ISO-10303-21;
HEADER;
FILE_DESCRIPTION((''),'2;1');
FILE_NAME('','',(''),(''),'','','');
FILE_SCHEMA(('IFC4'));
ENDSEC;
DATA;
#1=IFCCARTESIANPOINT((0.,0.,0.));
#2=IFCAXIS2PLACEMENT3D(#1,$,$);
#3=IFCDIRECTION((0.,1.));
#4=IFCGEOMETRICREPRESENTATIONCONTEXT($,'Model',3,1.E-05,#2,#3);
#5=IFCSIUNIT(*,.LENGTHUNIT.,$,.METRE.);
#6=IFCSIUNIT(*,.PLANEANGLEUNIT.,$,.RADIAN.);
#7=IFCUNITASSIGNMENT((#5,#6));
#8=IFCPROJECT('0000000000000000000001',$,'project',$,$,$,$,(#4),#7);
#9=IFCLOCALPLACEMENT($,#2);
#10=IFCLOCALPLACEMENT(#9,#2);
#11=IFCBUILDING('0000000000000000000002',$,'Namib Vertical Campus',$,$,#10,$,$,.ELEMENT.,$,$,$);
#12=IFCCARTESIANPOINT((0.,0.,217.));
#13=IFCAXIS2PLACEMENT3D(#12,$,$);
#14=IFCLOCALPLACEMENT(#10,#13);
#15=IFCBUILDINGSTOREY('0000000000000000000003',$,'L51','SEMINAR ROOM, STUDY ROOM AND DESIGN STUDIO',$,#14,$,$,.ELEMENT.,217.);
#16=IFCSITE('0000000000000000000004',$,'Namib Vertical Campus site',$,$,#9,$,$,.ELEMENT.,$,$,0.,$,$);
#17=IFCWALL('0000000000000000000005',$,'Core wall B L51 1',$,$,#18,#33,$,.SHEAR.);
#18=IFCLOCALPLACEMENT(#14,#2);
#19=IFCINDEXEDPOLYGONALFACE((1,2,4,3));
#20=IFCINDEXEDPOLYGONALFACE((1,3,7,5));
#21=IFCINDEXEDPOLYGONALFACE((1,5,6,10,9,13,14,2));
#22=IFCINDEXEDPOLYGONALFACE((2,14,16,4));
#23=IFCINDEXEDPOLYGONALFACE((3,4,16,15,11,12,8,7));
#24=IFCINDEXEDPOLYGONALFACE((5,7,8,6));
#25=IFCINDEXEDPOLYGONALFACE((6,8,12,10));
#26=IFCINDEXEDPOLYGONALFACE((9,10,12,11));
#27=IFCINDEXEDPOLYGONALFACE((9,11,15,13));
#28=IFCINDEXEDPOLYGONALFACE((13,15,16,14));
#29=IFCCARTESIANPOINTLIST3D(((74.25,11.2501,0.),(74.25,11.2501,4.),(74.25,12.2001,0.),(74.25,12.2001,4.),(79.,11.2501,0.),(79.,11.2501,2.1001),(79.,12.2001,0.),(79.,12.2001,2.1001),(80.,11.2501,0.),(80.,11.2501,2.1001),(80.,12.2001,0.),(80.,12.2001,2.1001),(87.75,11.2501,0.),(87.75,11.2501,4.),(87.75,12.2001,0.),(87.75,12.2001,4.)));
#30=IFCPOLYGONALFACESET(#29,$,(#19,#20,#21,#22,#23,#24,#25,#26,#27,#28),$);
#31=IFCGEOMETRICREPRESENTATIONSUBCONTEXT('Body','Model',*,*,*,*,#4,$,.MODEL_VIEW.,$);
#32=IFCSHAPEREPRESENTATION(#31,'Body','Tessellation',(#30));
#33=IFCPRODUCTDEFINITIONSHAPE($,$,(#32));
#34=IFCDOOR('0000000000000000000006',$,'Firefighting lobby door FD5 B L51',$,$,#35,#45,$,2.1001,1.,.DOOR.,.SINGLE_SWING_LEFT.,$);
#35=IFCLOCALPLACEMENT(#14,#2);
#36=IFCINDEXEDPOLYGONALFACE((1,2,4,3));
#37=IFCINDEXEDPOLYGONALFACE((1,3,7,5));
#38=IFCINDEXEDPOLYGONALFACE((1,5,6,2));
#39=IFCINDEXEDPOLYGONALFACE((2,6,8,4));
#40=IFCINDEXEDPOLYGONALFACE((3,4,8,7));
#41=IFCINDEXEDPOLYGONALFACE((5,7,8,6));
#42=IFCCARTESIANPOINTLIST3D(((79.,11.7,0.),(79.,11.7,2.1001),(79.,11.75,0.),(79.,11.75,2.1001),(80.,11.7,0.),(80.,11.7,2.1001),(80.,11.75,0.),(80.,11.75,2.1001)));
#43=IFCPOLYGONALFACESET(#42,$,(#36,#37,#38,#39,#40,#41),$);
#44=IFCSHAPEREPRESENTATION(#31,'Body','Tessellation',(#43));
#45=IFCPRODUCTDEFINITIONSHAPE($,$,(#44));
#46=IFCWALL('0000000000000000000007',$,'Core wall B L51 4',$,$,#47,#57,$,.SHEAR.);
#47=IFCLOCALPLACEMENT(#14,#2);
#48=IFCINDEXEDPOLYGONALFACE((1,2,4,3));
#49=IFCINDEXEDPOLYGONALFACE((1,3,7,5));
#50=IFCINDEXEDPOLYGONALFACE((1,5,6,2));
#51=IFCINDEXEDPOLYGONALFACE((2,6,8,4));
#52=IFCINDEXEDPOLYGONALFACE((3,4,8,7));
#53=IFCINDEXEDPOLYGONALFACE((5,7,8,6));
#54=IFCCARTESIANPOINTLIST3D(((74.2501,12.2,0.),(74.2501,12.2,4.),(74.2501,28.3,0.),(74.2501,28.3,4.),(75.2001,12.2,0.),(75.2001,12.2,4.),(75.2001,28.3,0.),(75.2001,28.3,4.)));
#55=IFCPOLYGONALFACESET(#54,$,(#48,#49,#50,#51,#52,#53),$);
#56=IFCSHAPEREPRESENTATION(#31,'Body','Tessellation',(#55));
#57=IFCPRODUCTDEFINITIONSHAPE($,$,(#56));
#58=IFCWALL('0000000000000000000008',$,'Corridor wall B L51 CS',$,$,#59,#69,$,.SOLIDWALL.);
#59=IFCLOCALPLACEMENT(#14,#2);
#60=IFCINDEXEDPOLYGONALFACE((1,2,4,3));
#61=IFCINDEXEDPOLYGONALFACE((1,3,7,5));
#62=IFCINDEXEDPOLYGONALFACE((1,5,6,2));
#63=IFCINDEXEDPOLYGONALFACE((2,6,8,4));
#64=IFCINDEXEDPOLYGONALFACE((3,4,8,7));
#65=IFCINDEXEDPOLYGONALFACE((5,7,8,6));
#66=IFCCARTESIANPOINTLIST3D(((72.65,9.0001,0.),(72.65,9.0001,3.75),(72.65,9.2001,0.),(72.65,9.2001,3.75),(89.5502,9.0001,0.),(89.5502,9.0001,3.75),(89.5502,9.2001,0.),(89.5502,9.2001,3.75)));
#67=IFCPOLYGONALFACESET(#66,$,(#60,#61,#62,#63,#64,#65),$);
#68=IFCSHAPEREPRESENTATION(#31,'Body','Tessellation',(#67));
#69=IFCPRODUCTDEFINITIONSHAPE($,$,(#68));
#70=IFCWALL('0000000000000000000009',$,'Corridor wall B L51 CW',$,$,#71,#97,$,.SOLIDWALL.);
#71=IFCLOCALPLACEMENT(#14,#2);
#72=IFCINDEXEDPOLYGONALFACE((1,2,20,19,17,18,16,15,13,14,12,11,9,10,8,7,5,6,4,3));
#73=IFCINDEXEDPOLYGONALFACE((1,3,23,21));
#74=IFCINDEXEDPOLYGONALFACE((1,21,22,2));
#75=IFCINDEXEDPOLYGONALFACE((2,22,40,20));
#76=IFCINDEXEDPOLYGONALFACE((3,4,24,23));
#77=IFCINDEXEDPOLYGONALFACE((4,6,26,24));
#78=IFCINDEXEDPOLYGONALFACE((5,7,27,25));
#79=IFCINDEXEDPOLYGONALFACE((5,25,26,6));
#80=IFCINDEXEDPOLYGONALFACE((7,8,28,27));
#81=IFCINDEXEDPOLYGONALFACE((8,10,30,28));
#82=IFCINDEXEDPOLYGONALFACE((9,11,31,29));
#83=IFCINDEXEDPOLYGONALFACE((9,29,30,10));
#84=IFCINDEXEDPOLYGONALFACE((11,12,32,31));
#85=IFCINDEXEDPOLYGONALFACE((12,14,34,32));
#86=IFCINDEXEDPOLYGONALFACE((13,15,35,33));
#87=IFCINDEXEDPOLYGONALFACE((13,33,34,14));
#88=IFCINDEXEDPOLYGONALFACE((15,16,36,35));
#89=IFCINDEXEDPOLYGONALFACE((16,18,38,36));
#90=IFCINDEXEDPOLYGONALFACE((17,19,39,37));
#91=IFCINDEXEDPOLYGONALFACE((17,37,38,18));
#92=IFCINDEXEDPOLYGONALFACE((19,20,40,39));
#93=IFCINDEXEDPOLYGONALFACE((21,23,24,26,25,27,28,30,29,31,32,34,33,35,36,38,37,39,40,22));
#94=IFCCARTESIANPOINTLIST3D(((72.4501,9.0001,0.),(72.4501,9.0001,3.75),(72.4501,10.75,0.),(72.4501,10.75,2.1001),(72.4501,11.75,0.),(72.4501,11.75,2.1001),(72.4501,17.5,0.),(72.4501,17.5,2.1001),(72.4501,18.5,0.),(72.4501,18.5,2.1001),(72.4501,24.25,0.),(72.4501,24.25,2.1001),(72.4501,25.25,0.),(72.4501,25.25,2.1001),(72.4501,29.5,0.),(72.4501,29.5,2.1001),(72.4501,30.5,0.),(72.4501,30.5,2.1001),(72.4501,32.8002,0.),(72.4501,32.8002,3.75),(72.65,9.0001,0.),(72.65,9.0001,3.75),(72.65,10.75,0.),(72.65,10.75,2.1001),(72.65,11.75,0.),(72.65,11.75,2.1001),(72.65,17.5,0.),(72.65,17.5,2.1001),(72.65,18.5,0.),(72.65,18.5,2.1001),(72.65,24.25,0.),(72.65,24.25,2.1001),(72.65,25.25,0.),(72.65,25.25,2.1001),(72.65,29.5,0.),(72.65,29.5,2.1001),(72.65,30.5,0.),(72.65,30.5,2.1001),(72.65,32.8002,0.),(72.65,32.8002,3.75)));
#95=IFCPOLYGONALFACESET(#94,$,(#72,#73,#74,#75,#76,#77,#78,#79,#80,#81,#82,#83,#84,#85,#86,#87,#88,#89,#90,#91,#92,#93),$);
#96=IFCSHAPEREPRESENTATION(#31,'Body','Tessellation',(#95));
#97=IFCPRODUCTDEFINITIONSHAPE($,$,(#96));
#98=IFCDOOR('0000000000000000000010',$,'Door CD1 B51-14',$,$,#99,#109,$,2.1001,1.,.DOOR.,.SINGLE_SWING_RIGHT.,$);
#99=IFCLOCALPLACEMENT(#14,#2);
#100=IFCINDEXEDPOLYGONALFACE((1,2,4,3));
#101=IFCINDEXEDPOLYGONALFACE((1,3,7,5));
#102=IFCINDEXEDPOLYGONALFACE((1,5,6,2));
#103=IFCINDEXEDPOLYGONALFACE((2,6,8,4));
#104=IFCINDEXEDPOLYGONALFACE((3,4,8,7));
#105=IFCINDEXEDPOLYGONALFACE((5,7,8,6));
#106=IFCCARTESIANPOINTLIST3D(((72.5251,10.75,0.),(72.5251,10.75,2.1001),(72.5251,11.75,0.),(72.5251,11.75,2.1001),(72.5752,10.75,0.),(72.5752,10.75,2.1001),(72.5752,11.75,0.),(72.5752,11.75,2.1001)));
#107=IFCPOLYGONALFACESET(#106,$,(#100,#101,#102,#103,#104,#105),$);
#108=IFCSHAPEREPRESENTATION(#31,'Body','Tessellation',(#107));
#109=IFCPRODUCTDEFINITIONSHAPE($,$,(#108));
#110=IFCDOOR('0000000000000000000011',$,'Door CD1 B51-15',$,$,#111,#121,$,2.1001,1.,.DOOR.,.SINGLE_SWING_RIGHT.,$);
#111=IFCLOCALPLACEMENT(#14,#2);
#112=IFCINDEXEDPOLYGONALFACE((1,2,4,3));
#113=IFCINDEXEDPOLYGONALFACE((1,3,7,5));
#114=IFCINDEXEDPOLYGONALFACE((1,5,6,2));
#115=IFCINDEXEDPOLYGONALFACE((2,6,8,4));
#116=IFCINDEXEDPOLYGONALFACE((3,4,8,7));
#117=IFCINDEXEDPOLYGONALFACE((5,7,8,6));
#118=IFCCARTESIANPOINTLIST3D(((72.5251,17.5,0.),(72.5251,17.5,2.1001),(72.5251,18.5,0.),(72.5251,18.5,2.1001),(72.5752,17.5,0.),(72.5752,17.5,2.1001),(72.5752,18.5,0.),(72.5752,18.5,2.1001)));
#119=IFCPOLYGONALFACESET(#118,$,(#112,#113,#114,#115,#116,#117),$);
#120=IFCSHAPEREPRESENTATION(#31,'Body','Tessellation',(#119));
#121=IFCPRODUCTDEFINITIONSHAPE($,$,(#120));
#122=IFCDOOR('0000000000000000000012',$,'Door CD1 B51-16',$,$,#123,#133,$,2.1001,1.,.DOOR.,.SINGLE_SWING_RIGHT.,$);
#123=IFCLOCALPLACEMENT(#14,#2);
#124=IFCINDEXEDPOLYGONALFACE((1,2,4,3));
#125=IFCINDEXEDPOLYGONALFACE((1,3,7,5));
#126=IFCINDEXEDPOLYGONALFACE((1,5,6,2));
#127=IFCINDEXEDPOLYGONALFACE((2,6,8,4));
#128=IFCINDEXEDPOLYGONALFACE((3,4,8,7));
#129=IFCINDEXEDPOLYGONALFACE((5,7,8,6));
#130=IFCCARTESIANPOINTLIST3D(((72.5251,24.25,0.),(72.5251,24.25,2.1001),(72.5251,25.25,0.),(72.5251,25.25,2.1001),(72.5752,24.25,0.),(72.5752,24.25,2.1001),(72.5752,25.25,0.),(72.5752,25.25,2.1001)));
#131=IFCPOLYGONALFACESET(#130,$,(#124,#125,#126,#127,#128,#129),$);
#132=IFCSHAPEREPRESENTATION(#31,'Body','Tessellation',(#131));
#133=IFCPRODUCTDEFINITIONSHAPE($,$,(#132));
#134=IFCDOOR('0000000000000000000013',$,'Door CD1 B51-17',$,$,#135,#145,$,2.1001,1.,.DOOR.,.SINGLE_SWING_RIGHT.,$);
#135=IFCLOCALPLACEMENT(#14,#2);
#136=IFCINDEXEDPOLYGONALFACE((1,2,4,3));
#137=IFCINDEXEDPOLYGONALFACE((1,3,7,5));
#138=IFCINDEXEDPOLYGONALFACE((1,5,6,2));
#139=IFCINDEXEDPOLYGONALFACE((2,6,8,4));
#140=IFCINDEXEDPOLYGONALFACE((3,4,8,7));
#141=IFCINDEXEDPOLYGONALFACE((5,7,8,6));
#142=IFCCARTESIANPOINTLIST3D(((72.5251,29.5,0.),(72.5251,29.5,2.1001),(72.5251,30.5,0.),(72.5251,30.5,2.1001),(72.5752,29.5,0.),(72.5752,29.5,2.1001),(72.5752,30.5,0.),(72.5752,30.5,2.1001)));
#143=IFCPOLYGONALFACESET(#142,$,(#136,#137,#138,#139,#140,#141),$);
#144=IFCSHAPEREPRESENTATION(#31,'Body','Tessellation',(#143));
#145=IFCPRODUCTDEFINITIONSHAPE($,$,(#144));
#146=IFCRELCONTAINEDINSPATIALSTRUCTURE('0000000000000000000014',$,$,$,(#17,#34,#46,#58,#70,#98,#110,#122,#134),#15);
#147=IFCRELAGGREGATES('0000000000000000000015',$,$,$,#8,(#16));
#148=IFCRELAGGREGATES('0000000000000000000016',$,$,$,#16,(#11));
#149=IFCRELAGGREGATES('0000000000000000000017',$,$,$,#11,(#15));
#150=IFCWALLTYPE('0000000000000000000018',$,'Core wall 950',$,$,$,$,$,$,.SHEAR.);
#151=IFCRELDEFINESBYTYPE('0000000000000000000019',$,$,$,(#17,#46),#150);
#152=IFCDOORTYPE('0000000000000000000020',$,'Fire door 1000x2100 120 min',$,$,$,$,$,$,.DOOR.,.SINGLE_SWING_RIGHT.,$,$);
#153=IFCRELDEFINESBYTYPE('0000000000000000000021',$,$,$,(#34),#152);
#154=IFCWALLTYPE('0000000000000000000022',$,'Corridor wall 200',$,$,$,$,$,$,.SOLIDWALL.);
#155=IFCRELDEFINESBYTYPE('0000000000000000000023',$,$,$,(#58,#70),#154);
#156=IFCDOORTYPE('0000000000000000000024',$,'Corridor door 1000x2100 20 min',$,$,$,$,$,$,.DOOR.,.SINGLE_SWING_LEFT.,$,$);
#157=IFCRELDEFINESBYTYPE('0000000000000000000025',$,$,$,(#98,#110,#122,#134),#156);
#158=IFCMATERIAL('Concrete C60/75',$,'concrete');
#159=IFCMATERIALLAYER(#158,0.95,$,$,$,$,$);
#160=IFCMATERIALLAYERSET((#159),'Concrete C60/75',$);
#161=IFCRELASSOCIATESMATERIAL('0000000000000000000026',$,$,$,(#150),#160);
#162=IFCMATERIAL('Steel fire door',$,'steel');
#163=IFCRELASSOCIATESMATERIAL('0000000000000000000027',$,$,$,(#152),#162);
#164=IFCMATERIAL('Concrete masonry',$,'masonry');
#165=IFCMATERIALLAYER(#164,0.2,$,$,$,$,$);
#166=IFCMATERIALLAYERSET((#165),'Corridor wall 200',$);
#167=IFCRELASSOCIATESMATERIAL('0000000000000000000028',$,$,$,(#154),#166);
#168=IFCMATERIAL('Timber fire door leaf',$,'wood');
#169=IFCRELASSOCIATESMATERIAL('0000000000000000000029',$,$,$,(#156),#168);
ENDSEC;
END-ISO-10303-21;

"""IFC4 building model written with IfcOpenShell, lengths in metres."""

from ifc_helpers import new_model, si_unit, direction, frame, frame_2d, origin, place, context, subcontext, project, spatial, rectangle, extrude, material, layer, layer_set, type_object, element, fill, save


model = new_model("IFC4")

# Units and contexts
model_context = context("Model", 3, precision=1e-05, world=origin(), true_north=direction((0.0, 1.0)))
body_context = subcontext(model_context, "Body", "Model", "MODEL_VIEW")
ifc_project = project(units=[si_unit("LENGTHUNIT", "METRE"), si_unit("PLANEANGLEUNIT", "RADIAN")], contexts=[model_context])

# Site, building, storey
site_placement = place(None, origin())
site = spatial("IfcSite", under=ifc_project, at=site_placement, Name="Namib Vertical Campus site", CompositionType="ELEMENT", RefElevation=0.0)
building_placement = place(site_placement, origin())
building = spatial("IfcBuilding", under=site, at=building_placement, Name="Namib Vertical Campus", CompositionType="ELEMENT")
storey_placement = place(building_placement, frame((0.0, 0.0, 217.0)))
storey = spatial("IfcBuildingStorey", under=building, at=storey_placement, Name="L51", Description="SEMINAR ROOM, STUDY ROOM AND DESIGN STUDIO", CompositionType="ELEMENT", Elevation=217.0)

# Wall, opening, door
ifc_material_1 = material(Name="Concrete C60/75", Category="concrete")
ifc_layer_1 = layer(ifc_material_1, 0.95)
ifc_layer_set_1 = layer_set([ifc_layer_1], Name="Concrete C60/75")
wall_type_1 = type_object("IfcWallType", Name="Core wall 950", PredefinedType="SHEAR", material=ifc_layer_set_1)
wall_1_placement = place(storey_placement, frame((74.25, 11.7251, 0.0), z_axis=(0.0, 0.0, 1.0), x_axis=(1.0, 0.0, 0.0)))
wall_1 = element("IfcWall", 1, at=wall_1_placement, inside=storey, type_object=wall_type_1, Name="Core wall B L51 1", PredefinedType="SHEAR", context=body_context, shape_type="SweptSolid", body=[
    extrude(rectangle(XDim=13.5, YDim=0.95, at=frame_2d((6.75, 0.0))), origin(), (0.0, 0.0, 1.0), 4.0),
])
opening_1_placement = place(wall_1_placement, frame((4.75, 0.0, 0.0)))
opening_1 = element("IfcOpeningElement", 2, at=opening_1_placement, cuts=wall_1, PredefinedType="OPENING", context=body_context, shape_type="SweptSolid", body=[
    extrude(rectangle(XDim=1.0, YDim=2.1001, at=frame_2d((0.5, 1.05))), frame((0.0, 0.4849, 0.0), z_axis=(0.0, -1.0, 0.0), x_axis=(1.0, 0.0, 0.0)), (0.0, 0.0, 1.0), 0.97),
])
ifc_material_2 = material(Name="Steel fire door", Category="steel")
door_type_1 = type_object("IfcDoorType", Name="Fire door 1000x2100 120 min", OperationType="SINGLE_SWING_RIGHT", PredefinedType="DOOR", material=ifc_material_2)
door_1_placement = place(opening_1_placement, origin())
door_1 = element("IfcDoor", 3, at=door_1_placement, inside=storey, type_object=door_type_1, Name="Firefighting lobby door FD5 B L51", OperationType="SINGLE_SWING_LEFT", OverallHeight=2.1001, OverallWidth=1.0, PredefinedType="DOOR", context=body_context, shape_type="SweptSolid", body=[
    extrude(rectangle(XDim=1.0, YDim=2.1001, at=frame_2d((0.5, 1.05))), frame((0.0, 0.0249, 0.0), z_axis=(0.0, -1.0, 0.0), x_axis=(1.0, 0.0, 0.0)), (0.0, 0.0, 1.0), 0.05),
])
fill(opening_1, door_1)

# Walls
wall_2_placement = place(storey_placement, frame((74.7251, 28.3, 0.0), z_axis=(0.0, 0.0, 1.0), x_axis=(0.0, -1.0, 0.0)))
element("IfcWall", 4, at=wall_2_placement, inside=storey, type_object=wall_type_1, Name="Core wall B L51 4", PredefinedType="SHEAR", context=body_context, shape_type="SweptSolid", body=[
    extrude(rectangle(XDim=16.1001, YDim=0.95, at=frame_2d((8.05, 0.0))), origin(), (0.0, 0.0, 1.0), 4.0),
])
ifc_material_3 = material(Name="Concrete masonry", Category="masonry")
ifc_layer_2 = layer(ifc_material_3, 0.2)
ifc_layer_set_2 = layer_set([ifc_layer_2], Name="Corridor wall 200")
wall_type_2 = type_object("IfcWallType", Name="Corridor wall 200", PredefinedType="SOLIDWALL", material=ifc_layer_set_2)
wall_3_placement = place(storey_placement, frame((72.6499, 9.1001, 0.0), z_axis=(0.0, 0.0, 1.0), x_axis=(1.0, 0.0, 0.0)))
element("IfcWall", 5, at=wall_3_placement, inside=storey, type_object=wall_type_2, Name="Corridor wall B L51 CS", PredefinedType="SOLIDWALL", context=body_context, shape_type="SweptSolid", body=[
    extrude(rectangle(XDim=16.9001, YDim=0.2, at=frame_2d((8.4502, 0.0))), origin(), (0.0, 0.0, 1.0), 3.75),
])

# Wall, openings, doors
wall_4_placement = place(storey_placement, frame((72.55, 32.8, 0.0), z_axis=(0.0, 0.0, 1.0), x_axis=(0.0, -1.0, 0.0)))
wall_4 = element("IfcWall", 6, at=wall_4_placement, inside=storey, type_object=wall_type_2, Name="Corridor wall B L51 CW", PredefinedType="SOLIDWALL", context=body_context, shape_type="SweptSolid", body=[
    extrude(rectangle(XDim=23.8, YDim=0.2, at=frame_2d((11.8999, 0.0))), origin(), (0.0, 0.0, 1.0), 3.75),
])
opening_2_placement = place(wall_4_placement, frame((21.05, 0.0, 0.0)))
opening_2 = element("IfcOpeningElement", 7, at=opening_2_placement, cuts=wall_4, PredefinedType="OPENING", context=body_context, shape_type="SweptSolid", body=[
    extrude(rectangle(XDim=1.0, YDim=2.1001, at=frame_2d((0.5, 1.05))), frame((0.0, 0.1099, 0.0), z_axis=(0.0, -1.0, 0.0), x_axis=(1.0, 0.0, 0.0)), (0.0, 0.0, 1.0), 0.22),
])
opening_3_placement = place(wall_4_placement, frame((14.3, 0.0, 0.0)))
opening_3 = element("IfcOpeningElement", 8, at=opening_3_placement, cuts=wall_4, PredefinedType="OPENING", context=body_context, shape_type="SweptSolid", body=[
    extrude(rectangle(XDim=1.0, YDim=2.1001, at=frame_2d((0.5, 1.05))), frame((0.0, 0.1099, 0.0), z_axis=(0.0, -1.0, 0.0), x_axis=(1.0, 0.0, 0.0)), (0.0, 0.0, 1.0), 0.22),
])
opening_4_placement = place(wall_4_placement, frame((7.55, 0.0, 0.0)))
opening_4 = element("IfcOpeningElement", 9, at=opening_4_placement, cuts=wall_4, PredefinedType="OPENING", context=body_context, shape_type="SweptSolid", body=[
    extrude(rectangle(XDim=1.0, YDim=2.1001, at=frame_2d((0.5, 1.05))), frame((0.0, 0.1099, 0.0), z_axis=(0.0, -1.0, 0.0), x_axis=(1.0, 0.0, 0.0)), (0.0, 0.0, 1.0), 0.22),
])
opening_5_placement = place(wall_4_placement, frame((2.3, 0.0, 0.0)))
opening_5 = element("IfcOpeningElement", 10, at=opening_5_placement, cuts=wall_4, PredefinedType="OPENING", context=body_context, shape_type="SweptSolid", body=[
    extrude(rectangle(XDim=1.0, YDim=2.1001, at=frame_2d((0.5, 1.05))), frame((0.0, 0.1099, 0.0), z_axis=(0.0, -1.0, 0.0), x_axis=(1.0, 0.0, 0.0)), (0.0, 0.0, 1.0), 0.22),
])
ifc_material_4 = material(Name="Timber fire door leaf", Category="wood")
door_type_2 = type_object("IfcDoorType", Name="Corridor door 1000x2100 20 min", OperationType="SINGLE_SWING_LEFT", PredefinedType="DOOR", material=ifc_material_4)
door_2_placement = place(opening_2_placement, frame((1.0, 0.0, 0.0), z_axis=(0.0, 0.0, 1.0), x_axis=(-1.0, 0.0, 0.0)))
door_2 = element("IfcDoor", 11, at=door_2_placement, inside=storey, type_object=door_type_2, Name="Door CD1 B51-14", OperationType="SINGLE_SWING_RIGHT", OverallHeight=2.1001, OverallWidth=1.0, PredefinedType="DOOR", context=body_context, shape_type="SweptSolid", body=[
    extrude(rectangle(XDim=1.0, YDim=2.1001, at=frame_2d((0.5, 1.05))), frame((0.0, 0.0249, 0.0), z_axis=(0.0, -1.0, 0.0), x_axis=(1.0, 0.0, 0.0)), (0.0, 0.0, 1.0), 0.05),
])
fill(opening_2, door_2)
door_3_placement = place(opening_3_placement, frame((1.0, 0.0, 0.0), z_axis=(0.0, 0.0, 1.0), x_axis=(-1.0, 0.0, 0.0)))
door_3 = element("IfcDoor", 12, at=door_3_placement, inside=storey, type_object=door_type_2, Name="Door CD1 B51-15", OperationType="SINGLE_SWING_RIGHT", OverallHeight=2.1001, OverallWidth=1.0, PredefinedType="DOOR", context=body_context, shape_type="SweptSolid", body=[
    extrude(rectangle(XDim=1.0, YDim=2.1001, at=frame_2d((0.5, 1.05))), frame((0.0, 0.0249, 0.0), z_axis=(0.0, -1.0, 0.0), x_axis=(1.0, 0.0, 0.0)), (0.0, 0.0, 1.0), 0.05),
])
fill(opening_3, door_3)
door_4_placement = place(opening_4_placement, frame((1.0, 0.0, 0.0), z_axis=(0.0, 0.0, 1.0), x_axis=(-1.0, 0.0, 0.0)))
door_4 = element("IfcDoor", 13, at=door_4_placement, inside=storey, type_object=door_type_2, Name="Door CD1 B51-16", OperationType="SINGLE_SWING_RIGHT", OverallHeight=2.1001, OverallWidth=1.0, PredefinedType="DOOR", context=body_context, shape_type="SweptSolid", body=[
    extrude(rectangle(XDim=1.0, YDim=2.1001, at=frame_2d((0.5, 1.05))), frame((0.0, 0.0249, 0.0), z_axis=(0.0, -1.0, 0.0), x_axis=(1.0, 0.0, 0.0)), (0.0, 0.0, 1.0), 0.05),
])
fill(opening_4, door_4)
door_5_placement = place(opening_5_placement, frame((1.0, 0.0, 0.0), z_axis=(0.0, 0.0, 1.0), x_axis=(-1.0, 0.0, 0.0)))
door_5 = element("IfcDoor", 14, at=door_5_placement, inside=storey, type_object=door_type_2, Name="Door CD1 B51-17", OperationType="SINGLE_SWING_RIGHT", OverallHeight=2.1001, OverallWidth=1.0, PredefinedType="DOOR", context=body_context, shape_type="SweptSolid", body=[
    extrude(rectangle(XDim=1.0, YDim=2.1001, at=frame_2d((0.5, 1.05))), frame((0.0, 0.0249, 0.0), z_axis=(0.0, -1.0, 0.0), x_axis=(1.0, 0.0, 0.0)), (0.0, 0.0, 1.0), 0.05),
])
fill(opening_5, door_5)

save(model, "model.ifc")
